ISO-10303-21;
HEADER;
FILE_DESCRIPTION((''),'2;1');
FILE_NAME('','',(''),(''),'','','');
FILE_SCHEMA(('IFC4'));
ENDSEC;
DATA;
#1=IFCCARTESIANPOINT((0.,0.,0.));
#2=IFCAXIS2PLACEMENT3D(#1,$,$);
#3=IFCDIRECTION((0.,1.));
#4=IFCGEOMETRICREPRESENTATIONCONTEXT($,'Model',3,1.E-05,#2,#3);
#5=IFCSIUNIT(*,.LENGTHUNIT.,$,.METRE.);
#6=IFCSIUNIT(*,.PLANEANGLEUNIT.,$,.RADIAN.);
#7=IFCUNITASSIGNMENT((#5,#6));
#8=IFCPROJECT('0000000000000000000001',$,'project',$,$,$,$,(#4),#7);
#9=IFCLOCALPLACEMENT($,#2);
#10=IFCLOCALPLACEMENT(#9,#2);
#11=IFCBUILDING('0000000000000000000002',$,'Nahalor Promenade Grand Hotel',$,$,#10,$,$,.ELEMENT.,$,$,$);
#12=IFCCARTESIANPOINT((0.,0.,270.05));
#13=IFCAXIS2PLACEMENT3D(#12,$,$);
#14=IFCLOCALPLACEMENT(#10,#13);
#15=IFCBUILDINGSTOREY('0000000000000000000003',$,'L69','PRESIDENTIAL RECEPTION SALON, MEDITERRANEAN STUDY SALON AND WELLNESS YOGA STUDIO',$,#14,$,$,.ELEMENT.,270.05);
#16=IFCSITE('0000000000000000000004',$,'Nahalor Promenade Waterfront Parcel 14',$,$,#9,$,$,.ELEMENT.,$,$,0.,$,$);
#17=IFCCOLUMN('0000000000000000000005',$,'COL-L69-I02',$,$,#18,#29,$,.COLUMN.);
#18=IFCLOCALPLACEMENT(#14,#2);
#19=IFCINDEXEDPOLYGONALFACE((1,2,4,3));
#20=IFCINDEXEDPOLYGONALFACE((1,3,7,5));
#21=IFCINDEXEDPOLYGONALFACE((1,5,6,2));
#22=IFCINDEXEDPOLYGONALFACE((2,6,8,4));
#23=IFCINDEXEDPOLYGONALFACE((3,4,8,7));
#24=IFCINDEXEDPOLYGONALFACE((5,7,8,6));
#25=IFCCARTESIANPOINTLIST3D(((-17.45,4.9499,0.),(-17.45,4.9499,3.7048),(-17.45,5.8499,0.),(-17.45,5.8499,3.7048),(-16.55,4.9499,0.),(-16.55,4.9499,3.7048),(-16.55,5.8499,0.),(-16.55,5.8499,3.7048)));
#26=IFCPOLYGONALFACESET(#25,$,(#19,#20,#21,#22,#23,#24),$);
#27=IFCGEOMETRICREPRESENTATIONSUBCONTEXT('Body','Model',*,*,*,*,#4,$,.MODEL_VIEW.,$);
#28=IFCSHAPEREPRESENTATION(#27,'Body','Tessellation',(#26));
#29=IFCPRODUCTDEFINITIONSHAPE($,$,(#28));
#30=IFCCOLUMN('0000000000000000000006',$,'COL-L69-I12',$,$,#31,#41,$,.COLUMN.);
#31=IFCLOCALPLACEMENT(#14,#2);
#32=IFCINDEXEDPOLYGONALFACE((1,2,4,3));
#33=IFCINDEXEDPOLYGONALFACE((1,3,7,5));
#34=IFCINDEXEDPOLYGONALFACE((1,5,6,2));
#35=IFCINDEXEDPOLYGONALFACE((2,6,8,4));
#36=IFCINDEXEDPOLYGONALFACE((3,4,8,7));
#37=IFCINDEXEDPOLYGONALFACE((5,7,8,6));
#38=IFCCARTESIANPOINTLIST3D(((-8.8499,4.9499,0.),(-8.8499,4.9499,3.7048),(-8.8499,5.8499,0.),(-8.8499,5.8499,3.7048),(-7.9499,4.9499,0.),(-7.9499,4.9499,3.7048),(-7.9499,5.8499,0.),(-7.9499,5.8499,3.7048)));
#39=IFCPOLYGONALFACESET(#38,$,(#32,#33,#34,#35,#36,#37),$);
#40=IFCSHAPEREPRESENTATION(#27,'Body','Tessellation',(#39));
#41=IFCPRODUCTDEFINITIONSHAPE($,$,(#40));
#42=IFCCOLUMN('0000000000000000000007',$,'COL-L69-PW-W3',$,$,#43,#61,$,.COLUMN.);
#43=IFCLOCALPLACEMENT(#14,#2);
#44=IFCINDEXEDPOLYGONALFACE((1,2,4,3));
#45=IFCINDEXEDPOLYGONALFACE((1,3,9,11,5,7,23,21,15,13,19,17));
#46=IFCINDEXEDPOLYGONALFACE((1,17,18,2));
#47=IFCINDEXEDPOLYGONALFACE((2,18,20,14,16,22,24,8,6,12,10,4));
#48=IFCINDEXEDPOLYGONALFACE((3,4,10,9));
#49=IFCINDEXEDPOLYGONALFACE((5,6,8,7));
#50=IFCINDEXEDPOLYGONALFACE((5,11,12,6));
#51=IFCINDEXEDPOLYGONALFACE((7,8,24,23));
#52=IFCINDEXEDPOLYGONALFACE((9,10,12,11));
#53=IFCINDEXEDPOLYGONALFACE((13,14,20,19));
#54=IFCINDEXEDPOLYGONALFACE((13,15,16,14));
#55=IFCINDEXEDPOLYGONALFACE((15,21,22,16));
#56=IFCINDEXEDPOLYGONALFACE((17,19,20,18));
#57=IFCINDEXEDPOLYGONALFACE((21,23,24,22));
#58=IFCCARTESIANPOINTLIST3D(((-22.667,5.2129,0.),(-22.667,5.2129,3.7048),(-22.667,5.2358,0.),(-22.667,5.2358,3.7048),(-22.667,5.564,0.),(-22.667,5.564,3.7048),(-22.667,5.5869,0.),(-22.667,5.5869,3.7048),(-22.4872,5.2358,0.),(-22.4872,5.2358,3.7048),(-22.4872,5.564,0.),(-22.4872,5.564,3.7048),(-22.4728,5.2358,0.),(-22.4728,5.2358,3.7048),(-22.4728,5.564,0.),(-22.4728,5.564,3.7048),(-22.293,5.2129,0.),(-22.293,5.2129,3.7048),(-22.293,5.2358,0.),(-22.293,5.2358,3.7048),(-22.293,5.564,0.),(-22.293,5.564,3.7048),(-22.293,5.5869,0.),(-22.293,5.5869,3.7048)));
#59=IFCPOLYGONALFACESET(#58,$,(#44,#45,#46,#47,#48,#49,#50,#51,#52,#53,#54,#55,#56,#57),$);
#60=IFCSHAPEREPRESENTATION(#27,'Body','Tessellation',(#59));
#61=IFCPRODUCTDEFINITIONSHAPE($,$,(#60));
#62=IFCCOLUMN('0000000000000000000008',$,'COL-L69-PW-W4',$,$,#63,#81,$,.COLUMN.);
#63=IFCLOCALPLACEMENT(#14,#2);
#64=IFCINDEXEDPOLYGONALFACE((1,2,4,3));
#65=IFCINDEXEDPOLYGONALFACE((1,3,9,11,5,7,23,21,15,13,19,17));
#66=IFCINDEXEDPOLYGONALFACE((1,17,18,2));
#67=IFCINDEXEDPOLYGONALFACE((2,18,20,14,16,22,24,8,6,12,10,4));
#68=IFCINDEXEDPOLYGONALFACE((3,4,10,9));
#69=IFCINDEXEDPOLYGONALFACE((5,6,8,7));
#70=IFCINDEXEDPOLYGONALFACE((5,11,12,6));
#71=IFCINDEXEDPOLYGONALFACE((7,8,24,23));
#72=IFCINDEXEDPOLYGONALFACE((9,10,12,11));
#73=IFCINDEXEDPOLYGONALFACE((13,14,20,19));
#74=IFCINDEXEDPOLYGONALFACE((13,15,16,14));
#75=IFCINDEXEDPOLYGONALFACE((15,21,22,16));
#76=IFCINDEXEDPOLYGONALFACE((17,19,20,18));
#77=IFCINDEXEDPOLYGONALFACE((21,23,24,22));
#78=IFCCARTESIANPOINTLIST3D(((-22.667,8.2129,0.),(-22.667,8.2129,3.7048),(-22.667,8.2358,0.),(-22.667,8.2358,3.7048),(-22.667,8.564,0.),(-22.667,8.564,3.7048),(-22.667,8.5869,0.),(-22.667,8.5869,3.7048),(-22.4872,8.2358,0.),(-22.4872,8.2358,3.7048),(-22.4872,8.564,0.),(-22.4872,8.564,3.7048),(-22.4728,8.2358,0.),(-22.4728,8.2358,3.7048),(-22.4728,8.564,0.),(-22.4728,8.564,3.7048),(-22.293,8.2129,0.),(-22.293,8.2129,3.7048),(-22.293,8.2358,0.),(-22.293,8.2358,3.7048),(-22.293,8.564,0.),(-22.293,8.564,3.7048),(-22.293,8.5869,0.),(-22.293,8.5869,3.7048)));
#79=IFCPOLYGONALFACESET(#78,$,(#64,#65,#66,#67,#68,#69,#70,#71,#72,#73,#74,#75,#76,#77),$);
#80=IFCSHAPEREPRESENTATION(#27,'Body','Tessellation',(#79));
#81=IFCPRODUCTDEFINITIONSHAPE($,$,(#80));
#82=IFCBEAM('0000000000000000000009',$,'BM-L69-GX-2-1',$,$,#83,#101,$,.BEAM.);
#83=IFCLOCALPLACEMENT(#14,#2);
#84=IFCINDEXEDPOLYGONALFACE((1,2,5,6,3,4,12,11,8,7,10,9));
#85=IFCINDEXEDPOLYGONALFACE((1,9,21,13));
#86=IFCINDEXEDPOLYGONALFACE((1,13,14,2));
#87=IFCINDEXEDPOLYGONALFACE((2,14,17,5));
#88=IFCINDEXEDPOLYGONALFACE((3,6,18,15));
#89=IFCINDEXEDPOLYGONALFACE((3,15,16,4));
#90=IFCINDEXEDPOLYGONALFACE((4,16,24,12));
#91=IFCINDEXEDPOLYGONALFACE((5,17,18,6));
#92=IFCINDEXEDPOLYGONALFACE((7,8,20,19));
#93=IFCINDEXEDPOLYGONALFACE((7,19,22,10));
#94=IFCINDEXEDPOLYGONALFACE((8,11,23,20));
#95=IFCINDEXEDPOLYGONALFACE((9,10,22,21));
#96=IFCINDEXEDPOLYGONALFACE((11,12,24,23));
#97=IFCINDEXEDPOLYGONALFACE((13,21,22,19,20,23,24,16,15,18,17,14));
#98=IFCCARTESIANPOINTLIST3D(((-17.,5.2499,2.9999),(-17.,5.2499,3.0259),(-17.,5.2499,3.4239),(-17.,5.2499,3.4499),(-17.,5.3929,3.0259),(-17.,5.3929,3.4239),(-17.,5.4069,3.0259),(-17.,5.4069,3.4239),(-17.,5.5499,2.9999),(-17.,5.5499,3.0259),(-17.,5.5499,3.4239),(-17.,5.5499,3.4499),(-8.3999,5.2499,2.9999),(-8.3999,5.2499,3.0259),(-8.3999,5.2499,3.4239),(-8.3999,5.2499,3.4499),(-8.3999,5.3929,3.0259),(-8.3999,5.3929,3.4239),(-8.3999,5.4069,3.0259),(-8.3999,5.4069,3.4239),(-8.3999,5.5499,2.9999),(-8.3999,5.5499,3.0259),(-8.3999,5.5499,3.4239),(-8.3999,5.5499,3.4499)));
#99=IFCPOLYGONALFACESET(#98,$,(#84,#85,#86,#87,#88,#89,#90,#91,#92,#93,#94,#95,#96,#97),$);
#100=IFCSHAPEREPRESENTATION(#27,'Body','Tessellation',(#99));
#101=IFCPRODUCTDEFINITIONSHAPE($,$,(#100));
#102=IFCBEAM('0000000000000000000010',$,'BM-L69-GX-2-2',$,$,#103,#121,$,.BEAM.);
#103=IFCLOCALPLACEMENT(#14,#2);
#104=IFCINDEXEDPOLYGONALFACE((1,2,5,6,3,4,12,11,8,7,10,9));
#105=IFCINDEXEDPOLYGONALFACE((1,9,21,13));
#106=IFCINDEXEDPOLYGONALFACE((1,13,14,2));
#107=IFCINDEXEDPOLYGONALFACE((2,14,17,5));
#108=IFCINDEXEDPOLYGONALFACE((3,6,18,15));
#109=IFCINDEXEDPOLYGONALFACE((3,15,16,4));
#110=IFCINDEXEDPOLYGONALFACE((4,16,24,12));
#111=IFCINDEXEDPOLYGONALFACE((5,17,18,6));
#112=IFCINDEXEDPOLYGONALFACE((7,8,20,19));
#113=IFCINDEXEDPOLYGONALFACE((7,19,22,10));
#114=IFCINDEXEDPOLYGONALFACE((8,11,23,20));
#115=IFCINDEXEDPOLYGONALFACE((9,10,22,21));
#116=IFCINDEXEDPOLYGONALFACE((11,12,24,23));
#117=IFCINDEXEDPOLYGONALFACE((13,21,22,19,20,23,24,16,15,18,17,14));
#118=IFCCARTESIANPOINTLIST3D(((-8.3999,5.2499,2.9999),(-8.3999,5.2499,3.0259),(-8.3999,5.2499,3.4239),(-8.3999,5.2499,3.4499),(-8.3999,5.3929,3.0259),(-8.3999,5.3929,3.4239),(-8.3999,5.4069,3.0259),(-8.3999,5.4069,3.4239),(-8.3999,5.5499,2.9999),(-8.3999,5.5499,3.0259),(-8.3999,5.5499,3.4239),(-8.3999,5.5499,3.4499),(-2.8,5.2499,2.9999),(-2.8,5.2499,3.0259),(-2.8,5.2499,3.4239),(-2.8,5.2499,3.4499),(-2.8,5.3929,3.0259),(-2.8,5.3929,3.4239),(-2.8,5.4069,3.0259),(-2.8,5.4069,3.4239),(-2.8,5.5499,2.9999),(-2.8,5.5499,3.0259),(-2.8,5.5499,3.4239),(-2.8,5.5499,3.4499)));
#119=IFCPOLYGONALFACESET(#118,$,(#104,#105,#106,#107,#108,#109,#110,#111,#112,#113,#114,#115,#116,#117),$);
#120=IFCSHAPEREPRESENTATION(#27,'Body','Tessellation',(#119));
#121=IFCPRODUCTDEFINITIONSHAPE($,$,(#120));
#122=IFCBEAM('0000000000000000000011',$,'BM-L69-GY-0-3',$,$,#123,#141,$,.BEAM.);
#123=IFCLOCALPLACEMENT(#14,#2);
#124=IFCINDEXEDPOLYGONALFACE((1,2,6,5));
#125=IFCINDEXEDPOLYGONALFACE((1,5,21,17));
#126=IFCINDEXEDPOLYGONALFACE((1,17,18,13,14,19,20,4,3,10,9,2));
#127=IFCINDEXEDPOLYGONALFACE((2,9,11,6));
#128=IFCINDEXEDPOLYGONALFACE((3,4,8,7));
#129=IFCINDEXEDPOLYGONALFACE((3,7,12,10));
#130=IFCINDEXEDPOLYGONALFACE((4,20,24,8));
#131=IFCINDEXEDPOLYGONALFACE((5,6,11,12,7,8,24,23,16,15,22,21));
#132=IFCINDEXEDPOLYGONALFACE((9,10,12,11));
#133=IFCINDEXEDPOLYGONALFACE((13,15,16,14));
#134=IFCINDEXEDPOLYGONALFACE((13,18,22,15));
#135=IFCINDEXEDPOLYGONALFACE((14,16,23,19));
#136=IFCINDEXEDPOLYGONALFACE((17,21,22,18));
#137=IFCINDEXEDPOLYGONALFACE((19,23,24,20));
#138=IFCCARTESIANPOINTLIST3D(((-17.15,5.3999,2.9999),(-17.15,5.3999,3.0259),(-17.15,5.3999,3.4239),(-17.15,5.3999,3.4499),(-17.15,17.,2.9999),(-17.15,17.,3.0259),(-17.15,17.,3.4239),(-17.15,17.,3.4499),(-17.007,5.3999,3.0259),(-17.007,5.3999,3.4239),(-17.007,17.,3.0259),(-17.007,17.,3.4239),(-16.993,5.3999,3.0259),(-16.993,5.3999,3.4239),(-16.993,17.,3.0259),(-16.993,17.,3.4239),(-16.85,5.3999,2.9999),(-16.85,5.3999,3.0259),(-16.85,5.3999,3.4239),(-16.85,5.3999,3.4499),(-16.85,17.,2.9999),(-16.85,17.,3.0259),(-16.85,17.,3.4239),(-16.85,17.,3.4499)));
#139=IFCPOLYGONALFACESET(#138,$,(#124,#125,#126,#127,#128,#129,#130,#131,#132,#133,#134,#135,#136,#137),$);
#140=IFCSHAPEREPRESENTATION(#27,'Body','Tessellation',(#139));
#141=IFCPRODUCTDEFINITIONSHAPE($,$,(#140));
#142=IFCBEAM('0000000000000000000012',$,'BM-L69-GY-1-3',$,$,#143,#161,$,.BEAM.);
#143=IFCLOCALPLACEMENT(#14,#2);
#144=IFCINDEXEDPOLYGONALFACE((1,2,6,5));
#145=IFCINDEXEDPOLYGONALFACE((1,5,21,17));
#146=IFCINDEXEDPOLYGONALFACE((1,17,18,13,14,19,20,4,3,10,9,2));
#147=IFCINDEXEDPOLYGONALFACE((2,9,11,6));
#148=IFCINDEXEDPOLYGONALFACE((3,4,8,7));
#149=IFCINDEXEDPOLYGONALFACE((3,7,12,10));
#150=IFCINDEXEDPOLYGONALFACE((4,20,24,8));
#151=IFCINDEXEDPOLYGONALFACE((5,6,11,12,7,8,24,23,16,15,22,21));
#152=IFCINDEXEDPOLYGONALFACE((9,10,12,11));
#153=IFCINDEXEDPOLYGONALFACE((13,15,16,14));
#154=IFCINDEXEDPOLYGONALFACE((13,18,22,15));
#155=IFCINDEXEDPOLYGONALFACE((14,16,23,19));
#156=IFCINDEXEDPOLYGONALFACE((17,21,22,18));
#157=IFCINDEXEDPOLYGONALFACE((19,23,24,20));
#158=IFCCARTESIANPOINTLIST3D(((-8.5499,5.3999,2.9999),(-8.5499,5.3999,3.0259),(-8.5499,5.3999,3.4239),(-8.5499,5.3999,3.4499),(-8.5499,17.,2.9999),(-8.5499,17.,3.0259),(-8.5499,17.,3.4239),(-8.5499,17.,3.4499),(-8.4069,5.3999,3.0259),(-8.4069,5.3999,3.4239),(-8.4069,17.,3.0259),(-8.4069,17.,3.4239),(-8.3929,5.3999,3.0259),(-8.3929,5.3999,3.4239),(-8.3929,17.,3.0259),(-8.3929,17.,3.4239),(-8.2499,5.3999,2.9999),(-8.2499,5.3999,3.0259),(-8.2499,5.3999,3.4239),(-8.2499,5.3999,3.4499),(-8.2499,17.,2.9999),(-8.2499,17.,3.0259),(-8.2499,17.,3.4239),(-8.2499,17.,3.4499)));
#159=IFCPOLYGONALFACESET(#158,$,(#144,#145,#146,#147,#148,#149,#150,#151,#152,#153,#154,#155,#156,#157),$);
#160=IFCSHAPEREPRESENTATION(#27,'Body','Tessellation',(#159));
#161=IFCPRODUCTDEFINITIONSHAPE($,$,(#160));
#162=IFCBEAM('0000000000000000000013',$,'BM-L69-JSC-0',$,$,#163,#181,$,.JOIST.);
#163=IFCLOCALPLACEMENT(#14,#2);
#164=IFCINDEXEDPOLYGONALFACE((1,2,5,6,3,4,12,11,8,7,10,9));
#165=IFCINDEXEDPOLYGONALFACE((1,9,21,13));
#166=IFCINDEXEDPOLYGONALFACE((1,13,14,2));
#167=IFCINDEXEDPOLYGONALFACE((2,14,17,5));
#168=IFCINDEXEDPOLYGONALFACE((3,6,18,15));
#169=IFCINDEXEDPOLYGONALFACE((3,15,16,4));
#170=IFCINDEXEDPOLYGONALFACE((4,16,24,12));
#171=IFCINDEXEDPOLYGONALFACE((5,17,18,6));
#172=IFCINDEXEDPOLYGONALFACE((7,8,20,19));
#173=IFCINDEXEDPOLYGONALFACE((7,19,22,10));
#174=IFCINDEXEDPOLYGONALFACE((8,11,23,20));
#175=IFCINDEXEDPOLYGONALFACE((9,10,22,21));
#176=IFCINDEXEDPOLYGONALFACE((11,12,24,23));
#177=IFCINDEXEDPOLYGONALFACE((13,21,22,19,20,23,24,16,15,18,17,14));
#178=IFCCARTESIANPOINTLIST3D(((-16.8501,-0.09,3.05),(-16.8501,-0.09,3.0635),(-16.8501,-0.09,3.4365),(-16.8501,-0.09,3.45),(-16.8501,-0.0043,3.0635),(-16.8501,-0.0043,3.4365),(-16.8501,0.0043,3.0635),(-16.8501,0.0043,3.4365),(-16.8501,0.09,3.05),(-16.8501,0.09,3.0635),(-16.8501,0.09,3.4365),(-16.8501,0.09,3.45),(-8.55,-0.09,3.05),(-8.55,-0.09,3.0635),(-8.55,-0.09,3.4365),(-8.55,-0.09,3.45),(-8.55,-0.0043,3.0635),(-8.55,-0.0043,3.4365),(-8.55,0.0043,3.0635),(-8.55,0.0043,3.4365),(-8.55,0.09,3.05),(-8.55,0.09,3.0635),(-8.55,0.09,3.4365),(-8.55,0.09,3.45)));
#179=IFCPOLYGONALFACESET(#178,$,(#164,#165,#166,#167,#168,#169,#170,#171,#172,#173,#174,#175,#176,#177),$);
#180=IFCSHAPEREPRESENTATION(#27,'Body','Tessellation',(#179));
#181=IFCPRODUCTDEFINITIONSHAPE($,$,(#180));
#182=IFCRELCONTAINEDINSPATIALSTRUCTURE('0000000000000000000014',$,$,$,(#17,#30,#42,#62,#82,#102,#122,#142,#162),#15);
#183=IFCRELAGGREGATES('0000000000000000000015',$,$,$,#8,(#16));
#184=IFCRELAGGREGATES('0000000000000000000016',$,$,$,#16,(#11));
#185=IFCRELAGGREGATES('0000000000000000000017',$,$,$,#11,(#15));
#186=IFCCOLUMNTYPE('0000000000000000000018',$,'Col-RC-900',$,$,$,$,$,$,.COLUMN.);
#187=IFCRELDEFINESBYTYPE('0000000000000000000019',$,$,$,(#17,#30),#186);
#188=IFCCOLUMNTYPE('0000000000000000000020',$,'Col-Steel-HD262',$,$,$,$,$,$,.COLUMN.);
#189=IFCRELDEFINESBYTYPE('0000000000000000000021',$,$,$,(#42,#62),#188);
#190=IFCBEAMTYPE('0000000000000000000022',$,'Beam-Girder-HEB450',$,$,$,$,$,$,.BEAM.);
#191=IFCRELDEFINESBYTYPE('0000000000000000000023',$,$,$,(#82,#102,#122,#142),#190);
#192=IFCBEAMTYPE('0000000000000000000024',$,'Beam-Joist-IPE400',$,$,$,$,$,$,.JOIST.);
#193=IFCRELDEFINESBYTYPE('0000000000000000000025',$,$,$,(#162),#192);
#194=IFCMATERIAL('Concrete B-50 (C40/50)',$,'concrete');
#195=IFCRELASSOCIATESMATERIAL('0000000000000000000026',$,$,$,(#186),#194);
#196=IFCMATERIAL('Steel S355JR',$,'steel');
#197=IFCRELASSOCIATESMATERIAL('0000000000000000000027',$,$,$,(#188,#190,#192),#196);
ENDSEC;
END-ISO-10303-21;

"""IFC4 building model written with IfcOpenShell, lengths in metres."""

from ifc_helpers import new_model, si_unit, direction, frame, origin, origin_2d, place, context, subcontext, project, spatial, rectangle, i_section, extrude, source, transform, mapped, material, material_profile, profile_set, type_object, element, save


model = new_model("IFC4")

# Units and contexts
model_context = context("Model", 3, precision=1e-05, world=origin(), true_north=direction((0.0, 1.0)))
body_context = subcontext(model_context, "Body", "Model", "MODEL_VIEW")
ifc_project = project(units=[si_unit("LENGTHUNIT", "METRE"), si_unit("PLANEANGLEUNIT", "RADIAN")], contexts=[model_context])

# Site, building, storey
site_placement = place(None, origin())
site = spatial("IfcSite", under=ifc_project, at=site_placement, Name="Nahalor Promenade Waterfront Parcel 14", CompositionType="ELEMENT", RefElevation=0.0)
building_placement = place(site_placement, origin())
building = spatial("IfcBuilding", under=site, at=building_placement, Name="Nahalor Promenade Grand Hotel", CompositionType="ELEMENT")
storey_placement = place(building_placement, frame((0.0, 0.0, 270.05)))
storey = spatial("IfcBuildingStorey", under=building, at=storey_placement, Name="L69", Description="PRESIDENTIAL RECEPTION SALON, MEDITERRANEAN STUDY SALON AND WELLNESS YOGA STUDIO", CompositionType="ELEMENT", Elevation=270.05)

# Columns
ifc_material_1 = material(Name="Concrete B-50 (C40/50)", Category="concrete")
ifc_material_profile_1 = material_profile(ifc_material_1, rectangle(XDim=0.9, YDim=0.9, at=origin_2d()), Name="RC 900x900")
ifc_profile_set_1 = profile_set([ifc_material_profile_1], Name="Concrete B-50 (C40/50)")
column_type_1 = type_object("IfcColumnType", Name="Col-RC-900", PredefinedType="COLUMN", material=ifc_profile_set_1)
shared_shape_1 = source(origin(), body_context, "Body", "SweptSolid", [
    extrude(rectangle(XDim=0.9, YDim=0.9, at=origin_2d()), origin(), (0.0, 0.0, 1.0), 3.7048),
])
for number, where, z_axis, x_axis, name in (
    (1, (-17.0, 5.3999, 0.0), (0.0, 0.0, 1.0), (1.0, 0.0, 0.0), "COL-L69-I02"),
    (2, (-8.3999, 5.3999, 0.0), (0.0, 0.0, 1.0), (1.0, 0.0, 0.0), "COL-L69-I12"),
):
    element("IfcColumn", number, at=place(storey_placement, frame(where, z_axis=z_axis, x_axis=x_axis)), inside=storey, type_object=column_type_1, Name=name, PredefinedType="COLUMN", context=body_context, shape_type="MappedRepresentation", body=[
        mapped(shared_shape_1, transform((0.0, 0.0, 0.0), scale=1.0)),
    ])
ifc_material_2 = material(Name="Steel S355JR", Category="steel")
ifc_material_profile_2 = material_profile(ifc_material_2, i_section(OverallWidth=0.374, OverallDepth=0.374, WebThickness=0.0144, FlangeThickness=0.0229, at=origin_2d()), Name="HD 360x262")
ifc_profile_set_2 = profile_set([ifc_material_profile_2], Name="Steel S355JR")
column_type_2 = type_object("IfcColumnType", Name="Col-Steel-HD262", PredefinedType="COLUMN", material=ifc_profile_set_2)
shared_shape_2 = source(origin(), body_context, "Body", "SweptSolid", [
    extrude(i_section(OverallWidth=0.374, OverallDepth=0.374, WebThickness=0.0144, FlangeThickness=0.0229, at=origin_2d()), origin(), (0.0, 0.0, 1.0), 3.7048),
])
for number, where, z_axis, x_axis, name in (
    (3, (-22.48, 5.3999, 0.0), (0.0, 0.0, 1.0), (1.0, 0.0, 0.0), "COL-L69-PW-W3"),
    (4, (-22.48, 8.3999, 0.0), (0.0, 0.0, 1.0), (1.0, 0.0, 0.0), "COL-L69-PW-W4"),
):
    element("IfcColumn", number, at=place(storey_placement, frame(where, z_axis=z_axis, x_axis=x_axis)), inside=storey, type_object=column_type_2, Name=name, PredefinedType="COLUMN", context=body_context, shape_type="MappedRepresentation", body=[
        mapped(shared_shape_2, transform((0.0, 0.0, 0.0), scale=1.0)),
    ])

# Beams
ifc_material_profile_3 = material_profile(ifc_material_2, i_section(OverallWidth=0.3, OverallDepth=0.45, WebThickness=0.014, FlangeThickness=0.026, at=origin_2d()), Name="HEB 450")
ifc_profile_set_3 = profile_set([ifc_material_profile_3], Name="Steel S355JR")
beam_type_1 = type_object("IfcBeamType", Name="Beam-Girder-HEB450", PredefinedType="BEAM", material=ifc_profile_set_3)
shared_shape_3 = source(origin(), body_context, "Body", "SweptSolid", [
    extrude(i_section(OverallWidth=0.3, OverallDepth=0.45, WebThickness=0.014, FlangeThickness=0.026, at=origin_2d()), origin(), (0.0, 0.0, 1.0), 8.6001),
])
beam_1_placement = place(storey_placement, frame((-17.0, 5.3999, 3.2249), z_axis=(1.0, 0.0, 0.0), x_axis=(0.0, 1.0, 0.0)))
element("IfcBeam", 5, at=beam_1_placement, inside=storey, type_object=beam_type_1, Name="BM-L69-GX-2-1", PredefinedType="BEAM", context=body_context, shape_type="MappedRepresentation", body=[
    mapped(shared_shape_3, transform((0.0, 0.0, 0.0), scale=1.0)),
])
shared_shape_4 = source(origin(), body_context, "Body", "SweptSolid", [
    extrude(i_section(OverallWidth=0.3, OverallDepth=0.45, WebThickness=0.014, FlangeThickness=0.026, at=origin_2d()), origin(), (0.0, 0.0, 1.0), 5.5999),
])
beam_2_placement = place(storey_placement, frame((-8.3999, 5.3999, 3.2249), z_axis=(1.0, 0.0, 0.0), x_axis=(0.0, 1.0, 0.0)))
element("IfcBeam", 6, at=beam_2_placement, inside=storey, type_object=beam_type_1, Name="BM-L69-GX-2-2", PredefinedType="BEAM", context=body_context, shape_type="MappedRepresentation", body=[
    mapped(shared_shape_4, transform((0.0, 0.0, 0.0), scale=1.0)),
])
shared_shape_5 = source(origin(), body_context, "Body", "SweptSolid", [
    extrude(i_section(OverallWidth=0.3, OverallDepth=0.45, WebThickness=0.014, FlangeThickness=0.026, at=origin_2d()), origin(), (0.0, 0.0, 1.0), 11.6001),
])
for number, where, z_axis, x_axis, name in (
    (7, (-17.0, 5.3999, 3.2249), (0.0, 1.0, 0.0), (-1.0, 0.0, 0.0), "BM-L69-GY-0-3"),
    (8, (-8.3999, 5.3999, 3.2249), (0.0, 1.0, 0.0), (-1.0, 0.0, 0.0), "BM-L69-GY-1-3"),
):
    element("IfcBeam", number, at=place(storey_placement, frame(where, z_axis=z_axis, x_axis=x_axis)), inside=storey, type_object=beam_type_1, Name=name, PredefinedType="BEAM", context=body_context, shape_type="MappedRepresentation", body=[
        mapped(shared_shape_5, transform((0.0, 0.0, 0.0), scale=1.0)),
    ])
ifc_material_profile_4 = material_profile(ifc_material_2, i_section(OverallWidth=0.18, OverallDepth=0.4, WebThickness=0.0086, FlangeThickness=0.0135, at=origin_2d()), Name="IPE 400")
ifc_profile_set_4 = profile_set([ifc_material_profile_4], Name="Steel S355JR")
beam_type_2 = type_object("IfcBeamType", Name="Beam-Joist-IPE400", PredefinedType="JOIST", material=ifc_profile_set_4)
shared_shape_6 = source(origin(), body_context, "Body", "SweptSolid", [
    extrude(i_section(OverallWidth=0.18, OverallDepth=0.4, WebThickness=0.0086, FlangeThickness=0.0135, at=origin_2d()), origin(), (0.0, 0.0, 1.0), 8.3),
])
beam_3_placement = place(storey_placement, frame((-16.8501, 0.0, 3.25), z_axis=(1.0, 0.0, 0.0), x_axis=(0.0, 1.0, 0.0)))
element("IfcBeam", 9, at=beam_3_placement, inside=storey, type_object=beam_type_2, Name="BM-L69-JSC-0", PredefinedType="JOIST", context=body_context, shape_type="MappedRepresentation", body=[
    mapped(shared_shape_6, transform((0.0, 0.0, 0.0), scale=1.0)),
])

save(model, "model.ifc")
